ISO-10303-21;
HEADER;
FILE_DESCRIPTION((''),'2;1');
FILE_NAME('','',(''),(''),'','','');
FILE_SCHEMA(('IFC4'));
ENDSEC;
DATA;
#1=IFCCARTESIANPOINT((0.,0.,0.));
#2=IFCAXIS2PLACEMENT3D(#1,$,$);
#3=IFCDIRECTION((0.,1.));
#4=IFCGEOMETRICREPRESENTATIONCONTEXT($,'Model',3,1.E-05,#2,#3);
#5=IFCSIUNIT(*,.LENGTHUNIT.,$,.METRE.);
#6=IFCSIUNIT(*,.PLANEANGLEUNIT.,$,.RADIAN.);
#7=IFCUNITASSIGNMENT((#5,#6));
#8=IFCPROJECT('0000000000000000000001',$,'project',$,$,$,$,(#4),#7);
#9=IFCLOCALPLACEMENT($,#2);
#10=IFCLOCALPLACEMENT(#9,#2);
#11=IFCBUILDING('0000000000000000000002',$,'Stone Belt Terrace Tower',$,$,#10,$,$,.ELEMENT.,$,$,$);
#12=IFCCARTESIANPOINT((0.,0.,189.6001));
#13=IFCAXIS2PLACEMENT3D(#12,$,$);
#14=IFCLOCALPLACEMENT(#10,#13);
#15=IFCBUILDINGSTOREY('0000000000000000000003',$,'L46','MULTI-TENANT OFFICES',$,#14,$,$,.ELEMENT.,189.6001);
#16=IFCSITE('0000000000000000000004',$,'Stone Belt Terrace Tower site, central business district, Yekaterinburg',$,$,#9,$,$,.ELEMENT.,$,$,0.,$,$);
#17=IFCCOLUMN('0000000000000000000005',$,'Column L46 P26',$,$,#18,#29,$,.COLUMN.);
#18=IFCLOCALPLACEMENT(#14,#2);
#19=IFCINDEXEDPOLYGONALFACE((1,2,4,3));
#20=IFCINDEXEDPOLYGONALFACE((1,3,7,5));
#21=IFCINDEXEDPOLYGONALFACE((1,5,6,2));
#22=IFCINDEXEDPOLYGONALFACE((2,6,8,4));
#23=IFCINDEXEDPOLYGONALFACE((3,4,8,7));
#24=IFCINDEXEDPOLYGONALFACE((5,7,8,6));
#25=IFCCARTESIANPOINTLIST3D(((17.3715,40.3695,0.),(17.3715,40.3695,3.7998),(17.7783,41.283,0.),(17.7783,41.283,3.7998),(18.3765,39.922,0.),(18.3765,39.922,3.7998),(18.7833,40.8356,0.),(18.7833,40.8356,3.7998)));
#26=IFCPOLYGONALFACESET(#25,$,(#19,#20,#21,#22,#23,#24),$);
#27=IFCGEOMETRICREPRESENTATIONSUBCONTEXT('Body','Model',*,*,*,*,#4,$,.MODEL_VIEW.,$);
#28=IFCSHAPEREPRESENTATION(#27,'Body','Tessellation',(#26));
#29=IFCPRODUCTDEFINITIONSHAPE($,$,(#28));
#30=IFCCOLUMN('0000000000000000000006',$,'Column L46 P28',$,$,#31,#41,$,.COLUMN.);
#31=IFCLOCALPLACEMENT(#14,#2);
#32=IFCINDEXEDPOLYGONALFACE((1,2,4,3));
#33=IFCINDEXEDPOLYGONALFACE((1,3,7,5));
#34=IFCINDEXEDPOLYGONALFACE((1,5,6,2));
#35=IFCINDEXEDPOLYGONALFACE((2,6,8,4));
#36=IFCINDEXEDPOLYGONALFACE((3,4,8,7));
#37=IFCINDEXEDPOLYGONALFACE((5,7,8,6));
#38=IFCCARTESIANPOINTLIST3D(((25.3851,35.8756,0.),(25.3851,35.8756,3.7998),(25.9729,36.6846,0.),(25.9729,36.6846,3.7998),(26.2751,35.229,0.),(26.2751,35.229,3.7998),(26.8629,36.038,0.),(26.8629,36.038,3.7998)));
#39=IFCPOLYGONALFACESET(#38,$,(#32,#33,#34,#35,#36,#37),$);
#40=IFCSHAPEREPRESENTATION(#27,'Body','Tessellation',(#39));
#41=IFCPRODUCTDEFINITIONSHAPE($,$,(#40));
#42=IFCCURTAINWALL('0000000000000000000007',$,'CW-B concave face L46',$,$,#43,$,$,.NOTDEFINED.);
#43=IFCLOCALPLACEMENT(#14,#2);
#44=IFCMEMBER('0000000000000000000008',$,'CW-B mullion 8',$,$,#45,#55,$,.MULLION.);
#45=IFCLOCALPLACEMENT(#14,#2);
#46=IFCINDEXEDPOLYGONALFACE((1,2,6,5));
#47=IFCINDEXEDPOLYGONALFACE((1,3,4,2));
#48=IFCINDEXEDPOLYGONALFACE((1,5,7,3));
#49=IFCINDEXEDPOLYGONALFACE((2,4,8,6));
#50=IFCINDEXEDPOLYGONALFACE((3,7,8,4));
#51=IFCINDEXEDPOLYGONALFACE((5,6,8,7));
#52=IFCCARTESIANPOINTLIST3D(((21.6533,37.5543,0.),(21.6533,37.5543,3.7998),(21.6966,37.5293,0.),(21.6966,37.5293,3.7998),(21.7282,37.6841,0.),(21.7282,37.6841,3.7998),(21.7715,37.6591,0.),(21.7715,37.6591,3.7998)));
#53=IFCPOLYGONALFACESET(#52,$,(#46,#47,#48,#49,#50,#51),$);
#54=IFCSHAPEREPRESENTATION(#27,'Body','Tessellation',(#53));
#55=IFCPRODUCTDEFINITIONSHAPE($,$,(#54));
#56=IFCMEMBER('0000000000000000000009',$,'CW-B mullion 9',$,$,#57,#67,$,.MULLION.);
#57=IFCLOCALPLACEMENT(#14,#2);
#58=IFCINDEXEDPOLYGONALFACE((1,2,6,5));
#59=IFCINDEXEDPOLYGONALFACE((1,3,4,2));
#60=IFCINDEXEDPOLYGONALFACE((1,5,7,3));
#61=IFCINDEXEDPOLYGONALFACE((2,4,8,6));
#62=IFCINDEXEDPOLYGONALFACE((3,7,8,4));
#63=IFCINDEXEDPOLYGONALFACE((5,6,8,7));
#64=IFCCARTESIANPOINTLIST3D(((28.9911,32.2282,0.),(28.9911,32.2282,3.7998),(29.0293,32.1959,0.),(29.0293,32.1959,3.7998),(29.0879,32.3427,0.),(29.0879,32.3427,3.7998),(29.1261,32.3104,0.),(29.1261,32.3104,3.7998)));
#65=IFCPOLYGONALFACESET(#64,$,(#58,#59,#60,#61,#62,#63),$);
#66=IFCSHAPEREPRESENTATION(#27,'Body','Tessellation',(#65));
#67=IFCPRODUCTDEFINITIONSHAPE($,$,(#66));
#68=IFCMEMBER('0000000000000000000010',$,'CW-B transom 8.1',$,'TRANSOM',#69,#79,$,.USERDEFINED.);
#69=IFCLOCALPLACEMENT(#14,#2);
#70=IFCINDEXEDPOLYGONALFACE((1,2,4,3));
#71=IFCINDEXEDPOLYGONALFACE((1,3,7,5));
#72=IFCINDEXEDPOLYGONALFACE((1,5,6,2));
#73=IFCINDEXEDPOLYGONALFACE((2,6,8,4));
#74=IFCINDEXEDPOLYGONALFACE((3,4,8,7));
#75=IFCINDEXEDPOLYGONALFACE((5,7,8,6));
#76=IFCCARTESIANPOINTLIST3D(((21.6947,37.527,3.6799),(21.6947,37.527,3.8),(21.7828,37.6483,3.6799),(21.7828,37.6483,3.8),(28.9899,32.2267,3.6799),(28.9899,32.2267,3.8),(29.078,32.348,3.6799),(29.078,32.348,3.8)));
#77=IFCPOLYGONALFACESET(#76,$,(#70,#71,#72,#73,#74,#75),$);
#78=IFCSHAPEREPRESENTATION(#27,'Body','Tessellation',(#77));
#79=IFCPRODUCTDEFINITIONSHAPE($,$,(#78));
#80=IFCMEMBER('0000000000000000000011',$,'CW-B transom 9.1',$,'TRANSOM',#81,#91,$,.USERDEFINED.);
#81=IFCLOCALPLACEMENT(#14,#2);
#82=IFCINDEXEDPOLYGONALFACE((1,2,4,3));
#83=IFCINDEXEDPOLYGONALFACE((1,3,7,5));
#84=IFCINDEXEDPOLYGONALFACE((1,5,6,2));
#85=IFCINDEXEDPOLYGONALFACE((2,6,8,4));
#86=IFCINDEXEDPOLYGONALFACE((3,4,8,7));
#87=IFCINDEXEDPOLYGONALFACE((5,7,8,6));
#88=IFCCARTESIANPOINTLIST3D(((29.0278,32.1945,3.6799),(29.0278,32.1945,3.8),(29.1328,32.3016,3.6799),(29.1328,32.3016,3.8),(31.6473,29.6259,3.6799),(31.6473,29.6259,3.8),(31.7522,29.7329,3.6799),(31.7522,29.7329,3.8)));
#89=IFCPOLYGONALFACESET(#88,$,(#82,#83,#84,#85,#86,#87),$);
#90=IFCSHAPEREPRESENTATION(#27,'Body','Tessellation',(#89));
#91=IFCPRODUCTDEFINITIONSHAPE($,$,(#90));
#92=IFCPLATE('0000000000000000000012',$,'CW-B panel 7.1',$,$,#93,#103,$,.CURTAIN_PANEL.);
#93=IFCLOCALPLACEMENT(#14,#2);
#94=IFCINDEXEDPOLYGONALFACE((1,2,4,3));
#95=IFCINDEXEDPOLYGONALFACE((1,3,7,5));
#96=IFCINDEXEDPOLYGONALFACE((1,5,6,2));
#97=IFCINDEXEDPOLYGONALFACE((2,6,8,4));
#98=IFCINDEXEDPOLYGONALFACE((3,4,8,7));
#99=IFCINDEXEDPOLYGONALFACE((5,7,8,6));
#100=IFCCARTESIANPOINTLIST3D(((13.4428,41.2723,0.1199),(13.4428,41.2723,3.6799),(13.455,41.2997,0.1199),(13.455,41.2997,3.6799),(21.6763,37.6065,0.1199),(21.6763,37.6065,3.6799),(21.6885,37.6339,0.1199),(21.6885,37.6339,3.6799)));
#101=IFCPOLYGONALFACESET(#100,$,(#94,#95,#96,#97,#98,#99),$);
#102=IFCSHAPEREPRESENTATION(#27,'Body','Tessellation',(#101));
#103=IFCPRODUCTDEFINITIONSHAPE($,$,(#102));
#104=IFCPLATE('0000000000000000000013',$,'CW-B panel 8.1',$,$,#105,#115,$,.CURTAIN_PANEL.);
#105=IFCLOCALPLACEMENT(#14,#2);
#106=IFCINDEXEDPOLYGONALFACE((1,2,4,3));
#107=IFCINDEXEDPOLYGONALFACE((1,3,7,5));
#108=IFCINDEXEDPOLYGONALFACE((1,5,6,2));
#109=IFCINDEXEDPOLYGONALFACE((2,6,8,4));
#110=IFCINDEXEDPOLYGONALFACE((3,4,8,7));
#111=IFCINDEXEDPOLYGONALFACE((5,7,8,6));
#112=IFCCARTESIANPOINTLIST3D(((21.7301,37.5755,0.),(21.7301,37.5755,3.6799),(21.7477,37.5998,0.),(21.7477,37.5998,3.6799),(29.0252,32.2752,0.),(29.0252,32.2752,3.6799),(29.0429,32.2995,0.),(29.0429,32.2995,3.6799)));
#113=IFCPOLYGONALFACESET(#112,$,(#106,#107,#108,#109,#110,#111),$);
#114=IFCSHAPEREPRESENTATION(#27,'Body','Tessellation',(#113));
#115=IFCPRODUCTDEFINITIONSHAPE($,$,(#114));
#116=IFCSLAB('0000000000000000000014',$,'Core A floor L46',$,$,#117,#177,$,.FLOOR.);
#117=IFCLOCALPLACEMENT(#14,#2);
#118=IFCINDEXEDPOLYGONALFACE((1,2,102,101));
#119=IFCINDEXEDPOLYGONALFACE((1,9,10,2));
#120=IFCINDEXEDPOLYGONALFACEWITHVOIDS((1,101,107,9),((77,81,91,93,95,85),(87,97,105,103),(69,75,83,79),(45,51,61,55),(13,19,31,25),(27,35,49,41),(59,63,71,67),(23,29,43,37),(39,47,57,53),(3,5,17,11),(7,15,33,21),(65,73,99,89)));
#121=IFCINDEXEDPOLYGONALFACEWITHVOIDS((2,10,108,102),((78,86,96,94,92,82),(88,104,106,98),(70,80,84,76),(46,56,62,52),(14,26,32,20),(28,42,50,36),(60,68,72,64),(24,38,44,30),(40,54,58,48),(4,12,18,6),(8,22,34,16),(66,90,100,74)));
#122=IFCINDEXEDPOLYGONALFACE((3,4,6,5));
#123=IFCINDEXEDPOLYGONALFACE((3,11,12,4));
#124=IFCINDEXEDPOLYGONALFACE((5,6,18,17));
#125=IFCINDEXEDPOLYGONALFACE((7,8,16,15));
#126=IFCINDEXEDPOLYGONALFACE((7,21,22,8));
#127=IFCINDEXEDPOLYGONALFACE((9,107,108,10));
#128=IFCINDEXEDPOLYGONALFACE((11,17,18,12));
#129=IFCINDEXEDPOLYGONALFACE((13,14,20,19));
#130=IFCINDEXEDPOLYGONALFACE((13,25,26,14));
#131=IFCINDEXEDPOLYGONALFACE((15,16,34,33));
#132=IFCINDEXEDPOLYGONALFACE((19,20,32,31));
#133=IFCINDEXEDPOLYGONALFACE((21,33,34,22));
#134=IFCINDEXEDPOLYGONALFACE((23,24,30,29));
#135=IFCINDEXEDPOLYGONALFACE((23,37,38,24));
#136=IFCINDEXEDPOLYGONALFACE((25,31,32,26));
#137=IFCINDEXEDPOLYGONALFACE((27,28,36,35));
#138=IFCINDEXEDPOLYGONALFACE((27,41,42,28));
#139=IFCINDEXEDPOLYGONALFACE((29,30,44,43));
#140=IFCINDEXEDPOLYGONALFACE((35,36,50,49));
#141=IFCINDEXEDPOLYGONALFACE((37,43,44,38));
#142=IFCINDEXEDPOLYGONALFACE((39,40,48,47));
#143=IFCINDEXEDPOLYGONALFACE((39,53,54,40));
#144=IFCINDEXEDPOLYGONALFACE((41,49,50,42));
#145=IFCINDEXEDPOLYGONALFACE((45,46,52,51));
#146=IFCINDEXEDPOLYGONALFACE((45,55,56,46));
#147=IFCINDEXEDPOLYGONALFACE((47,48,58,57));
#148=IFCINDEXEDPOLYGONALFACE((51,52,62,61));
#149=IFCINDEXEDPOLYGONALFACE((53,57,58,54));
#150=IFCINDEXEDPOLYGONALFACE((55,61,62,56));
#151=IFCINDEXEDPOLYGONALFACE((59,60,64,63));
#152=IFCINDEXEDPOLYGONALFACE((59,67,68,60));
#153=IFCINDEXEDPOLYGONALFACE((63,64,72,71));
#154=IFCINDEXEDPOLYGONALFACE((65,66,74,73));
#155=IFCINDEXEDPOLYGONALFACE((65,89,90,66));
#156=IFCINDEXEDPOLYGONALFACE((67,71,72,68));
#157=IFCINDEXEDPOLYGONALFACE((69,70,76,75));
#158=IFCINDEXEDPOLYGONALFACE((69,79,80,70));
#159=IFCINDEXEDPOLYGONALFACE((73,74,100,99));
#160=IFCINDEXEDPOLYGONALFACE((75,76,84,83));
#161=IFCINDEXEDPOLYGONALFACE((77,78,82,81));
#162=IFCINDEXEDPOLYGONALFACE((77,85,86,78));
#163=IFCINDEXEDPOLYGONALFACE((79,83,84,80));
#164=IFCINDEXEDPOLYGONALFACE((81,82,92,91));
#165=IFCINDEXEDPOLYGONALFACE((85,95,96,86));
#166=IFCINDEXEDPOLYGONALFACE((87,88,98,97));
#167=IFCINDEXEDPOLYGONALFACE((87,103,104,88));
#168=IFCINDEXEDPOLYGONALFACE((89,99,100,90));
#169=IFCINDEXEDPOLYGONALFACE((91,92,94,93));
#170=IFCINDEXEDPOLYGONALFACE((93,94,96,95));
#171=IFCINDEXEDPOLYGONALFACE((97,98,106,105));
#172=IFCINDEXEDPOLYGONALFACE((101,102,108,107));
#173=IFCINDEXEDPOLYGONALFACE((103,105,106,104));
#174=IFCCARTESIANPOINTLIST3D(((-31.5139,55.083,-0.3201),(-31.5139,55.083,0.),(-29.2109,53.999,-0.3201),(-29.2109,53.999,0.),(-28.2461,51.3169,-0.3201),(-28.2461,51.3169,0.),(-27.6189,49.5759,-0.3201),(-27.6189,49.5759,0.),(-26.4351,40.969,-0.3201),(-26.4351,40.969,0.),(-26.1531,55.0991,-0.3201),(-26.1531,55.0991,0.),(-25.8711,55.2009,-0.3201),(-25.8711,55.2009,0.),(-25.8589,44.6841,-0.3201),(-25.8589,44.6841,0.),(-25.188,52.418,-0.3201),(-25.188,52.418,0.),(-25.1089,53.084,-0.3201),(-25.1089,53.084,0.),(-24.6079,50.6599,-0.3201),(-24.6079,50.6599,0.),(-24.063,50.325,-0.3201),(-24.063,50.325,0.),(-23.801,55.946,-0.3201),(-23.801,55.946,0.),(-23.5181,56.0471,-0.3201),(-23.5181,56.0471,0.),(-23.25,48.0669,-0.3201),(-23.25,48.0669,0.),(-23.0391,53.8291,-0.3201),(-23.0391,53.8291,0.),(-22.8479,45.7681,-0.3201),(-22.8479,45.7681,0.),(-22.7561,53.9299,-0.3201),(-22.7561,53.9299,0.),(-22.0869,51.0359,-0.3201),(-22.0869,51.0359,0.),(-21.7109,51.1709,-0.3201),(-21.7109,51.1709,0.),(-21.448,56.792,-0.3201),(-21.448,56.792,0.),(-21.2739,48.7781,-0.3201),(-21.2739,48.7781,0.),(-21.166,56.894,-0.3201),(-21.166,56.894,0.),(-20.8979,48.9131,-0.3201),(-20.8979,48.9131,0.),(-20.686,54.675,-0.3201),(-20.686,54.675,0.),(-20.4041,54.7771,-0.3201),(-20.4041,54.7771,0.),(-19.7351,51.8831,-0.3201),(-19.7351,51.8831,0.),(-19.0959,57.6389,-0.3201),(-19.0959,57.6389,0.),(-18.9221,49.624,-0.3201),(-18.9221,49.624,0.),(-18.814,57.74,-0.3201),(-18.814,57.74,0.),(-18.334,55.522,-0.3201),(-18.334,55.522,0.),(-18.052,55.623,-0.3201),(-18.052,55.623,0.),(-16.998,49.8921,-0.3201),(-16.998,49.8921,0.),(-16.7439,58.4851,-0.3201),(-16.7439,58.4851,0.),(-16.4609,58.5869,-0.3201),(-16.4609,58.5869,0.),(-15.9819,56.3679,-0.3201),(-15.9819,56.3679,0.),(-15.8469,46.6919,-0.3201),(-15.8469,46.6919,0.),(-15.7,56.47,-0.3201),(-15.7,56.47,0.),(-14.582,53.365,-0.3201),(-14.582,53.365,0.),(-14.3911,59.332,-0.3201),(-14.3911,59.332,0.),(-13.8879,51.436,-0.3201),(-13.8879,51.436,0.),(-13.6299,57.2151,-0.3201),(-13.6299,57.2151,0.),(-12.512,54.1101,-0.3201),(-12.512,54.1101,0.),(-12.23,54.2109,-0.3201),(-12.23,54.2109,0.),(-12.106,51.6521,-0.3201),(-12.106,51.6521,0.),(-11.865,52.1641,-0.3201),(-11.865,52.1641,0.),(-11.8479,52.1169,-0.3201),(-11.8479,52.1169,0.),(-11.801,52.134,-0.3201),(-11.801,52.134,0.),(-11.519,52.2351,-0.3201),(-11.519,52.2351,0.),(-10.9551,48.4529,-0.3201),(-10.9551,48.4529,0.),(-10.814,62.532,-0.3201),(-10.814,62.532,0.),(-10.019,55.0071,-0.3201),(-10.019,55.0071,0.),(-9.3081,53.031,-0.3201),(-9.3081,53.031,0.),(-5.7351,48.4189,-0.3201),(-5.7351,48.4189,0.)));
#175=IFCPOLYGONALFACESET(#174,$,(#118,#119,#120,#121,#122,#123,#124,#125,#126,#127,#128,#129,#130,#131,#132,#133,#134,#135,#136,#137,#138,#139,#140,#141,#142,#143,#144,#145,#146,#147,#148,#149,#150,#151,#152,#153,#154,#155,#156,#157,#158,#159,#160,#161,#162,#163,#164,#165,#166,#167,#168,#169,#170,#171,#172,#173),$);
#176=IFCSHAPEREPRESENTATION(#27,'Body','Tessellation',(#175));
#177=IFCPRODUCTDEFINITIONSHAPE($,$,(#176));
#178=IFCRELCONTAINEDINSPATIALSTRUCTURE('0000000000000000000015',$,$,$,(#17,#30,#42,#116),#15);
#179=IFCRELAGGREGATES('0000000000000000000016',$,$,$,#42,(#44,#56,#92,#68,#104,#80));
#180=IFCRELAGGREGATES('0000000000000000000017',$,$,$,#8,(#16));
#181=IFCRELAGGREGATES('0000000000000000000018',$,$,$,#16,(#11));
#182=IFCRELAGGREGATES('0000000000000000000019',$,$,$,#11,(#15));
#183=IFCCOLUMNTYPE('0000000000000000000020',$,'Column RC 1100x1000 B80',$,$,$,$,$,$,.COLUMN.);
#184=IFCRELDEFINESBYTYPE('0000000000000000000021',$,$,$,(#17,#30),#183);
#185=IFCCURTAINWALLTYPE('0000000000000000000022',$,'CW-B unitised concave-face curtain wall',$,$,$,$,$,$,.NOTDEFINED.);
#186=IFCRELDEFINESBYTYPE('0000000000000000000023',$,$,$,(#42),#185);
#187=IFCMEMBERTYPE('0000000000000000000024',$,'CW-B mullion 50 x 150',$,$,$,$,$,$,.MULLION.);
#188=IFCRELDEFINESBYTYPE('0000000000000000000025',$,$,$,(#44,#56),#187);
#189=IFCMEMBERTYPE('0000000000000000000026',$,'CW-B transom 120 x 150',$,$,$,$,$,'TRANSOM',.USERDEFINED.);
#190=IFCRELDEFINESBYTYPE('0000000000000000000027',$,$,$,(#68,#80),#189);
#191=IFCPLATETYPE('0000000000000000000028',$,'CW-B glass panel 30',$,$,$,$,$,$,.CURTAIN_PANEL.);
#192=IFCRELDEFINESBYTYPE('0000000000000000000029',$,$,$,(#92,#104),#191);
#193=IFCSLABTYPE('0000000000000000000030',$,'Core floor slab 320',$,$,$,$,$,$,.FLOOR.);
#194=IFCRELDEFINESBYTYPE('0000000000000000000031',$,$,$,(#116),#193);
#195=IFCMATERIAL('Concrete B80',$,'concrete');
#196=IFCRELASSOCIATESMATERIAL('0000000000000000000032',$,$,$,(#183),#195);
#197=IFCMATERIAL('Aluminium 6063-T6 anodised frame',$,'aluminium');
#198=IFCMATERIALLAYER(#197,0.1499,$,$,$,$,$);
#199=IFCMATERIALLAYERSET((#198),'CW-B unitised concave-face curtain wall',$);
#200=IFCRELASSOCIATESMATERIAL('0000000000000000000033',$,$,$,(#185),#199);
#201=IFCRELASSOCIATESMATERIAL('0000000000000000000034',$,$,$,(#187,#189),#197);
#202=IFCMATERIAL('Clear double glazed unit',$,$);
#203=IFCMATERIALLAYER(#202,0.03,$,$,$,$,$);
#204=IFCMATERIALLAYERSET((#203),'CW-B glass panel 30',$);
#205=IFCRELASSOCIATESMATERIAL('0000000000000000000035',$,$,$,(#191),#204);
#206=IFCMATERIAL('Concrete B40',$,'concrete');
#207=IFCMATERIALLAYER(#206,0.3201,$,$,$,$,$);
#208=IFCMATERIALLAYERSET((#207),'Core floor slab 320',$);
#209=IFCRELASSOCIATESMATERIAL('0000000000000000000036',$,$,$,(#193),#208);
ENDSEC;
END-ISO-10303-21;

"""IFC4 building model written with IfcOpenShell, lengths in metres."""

from ifc_helpers import new_model, si_unit, direction, frame, origin, origin_2d, place, context, subcontext, project, spatial, polyline, rectangle, outline, extrude, material, layer, layer_set, material_profile, profile_set, type_object, element, aggregate, save


model = new_model("IFC4")

# Units and contexts
model_context = context("Model", 3, precision=1e-05, world=origin(), true_north=direction((0.0, 1.0)))
body_context = subcontext(model_context, "Body", "Model", "MODEL_VIEW")
ifc_project = project(units=[si_unit("LENGTHUNIT", "METRE"), si_unit("PLANEANGLEUNIT", "RADIAN")], contexts=[model_context])

# Site, building, storey
site_placement = place(None, origin())
site = spatial("IfcSite", under=ifc_project, at=site_placement, Name="Stone Belt Terrace Tower site, central business district, Yekaterinburg", CompositionType="ELEMENT", RefElevation=0.0)
building_placement = place(site_placement, origin())
building = spatial("IfcBuilding", under=site, at=building_placement, Name="Stone Belt Terrace Tower", CompositionType="ELEMENT")
storey_placement = place(building_placement, frame((0.0, 0.0, 189.6001)))
storey = spatial("IfcBuildingStorey", under=building, at=storey_placement, Name="L46", Description="MULTI-TENANT OFFICES", CompositionType="ELEMENT", Elevation=189.6001)

# Columns
ifc_material_1 = material(Name="Concrete B80", Category="concrete")
ifc_material_profile_1 = material_profile(ifc_material_1, rectangle(XDim=1.1001, YDim=1.0, at=origin_2d()), Name="RC 1100x1000")
ifc_profile_set_1 = profile_set([ifc_material_profile_1], Name="Concrete B80")
column_type = type_object("IfcColumnType", Name="Column RC 1100x1000 B80", PredefinedType="COLUMN", material=ifc_profile_set_1)
for number, where, z_axis, x_axis, name in (
    (1, (18.0774, 40.6025, 0.0), (0.0, 0.0, 1.0), (0.913545, -0.406737, 0.0), "Column L46 P26"),
    (2, (26.124, 35.9568, 0.0), (0.0, 0.0, 1.0), (0.809017, -0.587785, 0.0), "Column L46 P28"),
):
    element("IfcColumn", number, at=place(storey_placement, frame(where, z_axis=z_axis, x_axis=x_axis)), inside=storey, type_object=column_type, Name=name, PredefinedType="COLUMN", context=body_context, shape_type="SweptSolid", body=[
        extrude(rectangle(XDim=1.1001, YDim=1.0, at=origin_2d()), origin(), (0.0, 0.0, 1.0), 3.7998),
    ])

# Curtain wall, members, plates
ifc_material_2 = material(Name="Aluminium 6063-T6 anodised frame", Category="aluminium")
ifc_layer_1 = layer(ifc_material_2, 0.1499)
ifc_layer_set_1 = layer_set([ifc_layer_1], Name="CW-B unitised concave-face curtain wall")
curtain_wall_type = type_object("IfcCurtainWallType", Name="CW-B unitised concave-face curtain wall", PredefinedType="NOTDEFINED", material=ifc_layer_set_1)
curtain_wall_placement = place(storey_placement, origin())
curtain_wall = element("IfcCurtainWall", 3, at=curtain_wall_placement, inside=storey, type_object=curtain_wall_type, Name="CW-B concave face L46", PredefinedType="NOTDEFINED")
ifc_material_profile_2 = material_profile(ifc_material_2, rectangle(XDim=0.1499, YDim=0.05, at=origin_2d()), Name="Aluminium 6063-T6 50x150")
ifc_profile_set_2 = profile_set([ifc_material_profile_2], Name="Aluminium 6063-T6 anodised frame")
member_type_1 = type_object("IfcMemberType", Name="CW-B mullion 50 x 150", PredefinedType="MULLION", material=ifc_profile_set_2)
member_1_placement = place(storey_placement, frame((21.7124, 37.6067, 0.0), z_axis=(0.0, 0.0, 1.0), x_axis=(0.5, 0.866025, 0.0)))
member_1 = element("IfcMember", 4, at=member_1_placement, type_object=member_type_1, Name="CW-B mullion 8", PredefinedType="MULLION", context=body_context, shape_type="SweptSolid", body=[
    extrude(rectangle(XDim=0.1499, YDim=0.05, at=origin_2d()), origin(), (0.0, 0.0, 1.0), 3.7998),
])
member_2_placement = place(storey_placement, frame((29.0586, 32.2693, 0.0), z_axis=(0.0, 0.0, 1.0), x_axis=(0.645719, 0.763575, 0.0)))
member_2 = element("IfcMember", 5, at=member_2_placement, type_object=member_type_1, Name="CW-B mullion 9", PredefinedType="MULLION", context=body_context, shape_type="SweptSolid", body=[
    extrude(rectangle(XDim=0.1499, YDim=0.05, at=origin_2d()), origin(), (0.0, 0.0, 1.0), 3.7998),
])
ifc_material_profile_3 = material_profile(ifc_material_2, rectangle(XDim=0.1499, YDim=0.1201, at=origin_2d()), Name="Aluminium 6063-T6 150x120")
ifc_profile_set_3 = profile_set([ifc_material_profile_3], Name="Aluminium 6063-T6 anodised frame")
member_type_2 = type_object("IfcMemberType", Name="CW-B transom 120 x 150", ElementType="TRANSOM", PredefinedType="USERDEFINED", material=ifc_profile_set_3)
member_3_placement = place(storey_placement, frame((21.7388, 37.5876, 3.74), z_axis=(0.809015, -0.587788, 0.0), x_axis=(0.587788, 0.809015, 0.0)))
member_3 = element("IfcMember", 6, at=member_3_placement, type_object=member_type_2, Name="CW-B transom 8.1", ObjectType="TRANSOM", PredefinedType="USERDEFINED", context=body_context, shape_type="SweptSolid", body=[
    extrude(rectangle(XDim=0.1499, YDim=0.1201, at=origin_2d()), origin(), (0.0, 0.0, 1.0), 9.0173),
])
member_4_placement = place(storey_placement, frame((29.0803, 32.248, 3.74), z_axis=(0.713994, -0.700152, 0.0), x_axis=(0.700152, 0.713994, 0.0)))
member_4 = element("IfcMember", 7, at=member_4_placement, type_object=member_type_2, Name="CW-B transom 9.1", ObjectType="TRANSOM", PredefinedType="USERDEFINED", context=body_context, shape_type="SweptSolid", body=[
    extrude(rectangle(XDim=0.1499, YDim=0.1201, at=origin_2d()), origin(), (0.0, 0.0, 1.0), 3.6687),
])
ifc_material_3 = material(Name="Clear double glazed unit")
ifc_layer_2 = layer(ifc_material_3, 0.03)
ifc_layer_set_2 = layer_set([ifc_layer_2], Name="CW-B glass panel 30")
plate_type = type_object("IfcPlateType", Name="CW-B glass panel 30", PredefinedType="CURTAIN_PANEL", material=ifc_layer_set_2)
plate_1_placement = place(storey_placement, frame((17.5657, 39.4531, 0.1199), z_axis=(0.0, 0.0, 1.0), x_axis=(0.913545, -0.406737, 0.0)))
plate_1 = element("IfcPlate", 8, at=plate_1_placement, type_object=plate_type, Name="CW-B panel 7.1", PredefinedType="CURTAIN_PANEL", context=body_context, shape_type="SweptSolid", body=[
    extrude(rectangle(XDim=9.0127, YDim=0.03, at=origin_2d()), origin(), (0.0, 0.0, 1.0), 3.5601),
])
plate_2_placement = place(storey_placement, frame((25.3865, 34.9375, 0.0), z_axis=(0.0, 0.0, 1.0), x_axis=(0.809017, -0.587785, 0.0)))
plate_2 = element("IfcPlate", 9, at=plate_2_placement, type_object=plate_type, Name="CW-B panel 8.1", PredefinedType="CURTAIN_PANEL", context=body_context, shape_type="SweptSolid", body=[
    extrude(rectangle(XDim=9.0173, YDim=0.03, at=origin_2d()), origin(), (0.0, 0.0, 1.0), 3.6799),
])
aggregate(curtain_wall, [member_1, member_2, plate_1, member_3, plate_2, member_4])

# Slab
ifc_material_4 = material(Name="Concrete B40", Category="concrete")
ifc_layer_3 = layer(ifc_material_4, 0.3201)
ifc_layer_set_3 = layer_set([ifc_layer_3], Name="Core floor slab 320")
slab_type_1 = type_object("IfcSlabType", Name="Core floor slab 320", PredefinedType="FLOOR", material=ifc_layer_set_3)
slab_1_placement = place(storey_placement, frame((0.0, 0.0, -0.3201)))
element("IfcSlab", 10, at=slab_1_placement, inside=storey, type_object=slab_type_1, Name="Core A floor L46", PredefinedType="FLOOR", context=body_context, shape_type="SweptSolid", body=[
    extrude(outline(polyline([(-26.4351, 40.969), (-5.7351, 48.4189), (-10.814, 62.532), (-31.5139, 55.083), (-26.4351, 40.969)]), holes=[polyline([(-24.6079, 50.6599), (-22.8479, 45.7681), (-25.8589, 44.6841), (-27.6189, 49.5759), (-24.6079, 50.6599)]), polyline([(-23.25, 48.0669), (-24.063, 50.325), (-22.0869, 51.0359), (-21.2739, 48.7781), (-23.25, 48.0669)]), polyline([(-20.8979, 48.9131), (-21.7109, 51.1709), (-19.7351, 51.8831), (-18.9221, 49.624), (-20.8979, 48.9131)]), polyline([(-28.2461, 51.3169), (-29.2109, 53.999), (-26.1531, 55.0991), (-25.188, 52.418), (-28.2461, 51.3169)]), polyline([(-23.801, 55.946), (-23.0391, 53.8291), (-25.1089, 53.084), (-25.8711, 55.2009), (-23.801, 55.946)]), polyline([(-21.448, 56.792), (-20.686, 54.675), (-22.7561, 53.9299), (-23.5181, 56.0471), (-21.448, 56.792)]), polyline([(-10.9551, 48.4529), (-15.8469, 46.6919), (-16.998, 49.8921), (-12.106, 51.6521), (-10.9551, 48.4529)]), polyline([(-11.8479, 52.1169), (-11.865, 52.1641), (-13.8879, 51.436), (-14.582, 53.365), (-12.512, 54.1101), (-11.801, 52.134), (-11.8479, 52.1169)]), polyline([(-9.3081, 53.031), (-11.519, 52.2351), (-12.23, 54.2109), (-10.019, 55.0071), (-9.3081, 53.031)]), polyline([(-21.166, 56.894), (-19.0959, 57.6389), (-18.334, 55.522), (-20.4041, 54.7771), (-21.166, 56.894)]), polyline([(-16.7439, 58.4851), (-15.9819, 56.3679), (-18.052, 55.623), (-18.814, 57.74), (-16.7439, 58.4851)]), polyline([(-14.3911, 59.332), (-13.6299, 57.2151), (-15.7, 56.47), (-16.4609, 58.5869), (-14.3911, 59.332)])]), origin(), (0.0, 0.0, 1.0), 0.3201),
])

save(model, "model.ifc")
